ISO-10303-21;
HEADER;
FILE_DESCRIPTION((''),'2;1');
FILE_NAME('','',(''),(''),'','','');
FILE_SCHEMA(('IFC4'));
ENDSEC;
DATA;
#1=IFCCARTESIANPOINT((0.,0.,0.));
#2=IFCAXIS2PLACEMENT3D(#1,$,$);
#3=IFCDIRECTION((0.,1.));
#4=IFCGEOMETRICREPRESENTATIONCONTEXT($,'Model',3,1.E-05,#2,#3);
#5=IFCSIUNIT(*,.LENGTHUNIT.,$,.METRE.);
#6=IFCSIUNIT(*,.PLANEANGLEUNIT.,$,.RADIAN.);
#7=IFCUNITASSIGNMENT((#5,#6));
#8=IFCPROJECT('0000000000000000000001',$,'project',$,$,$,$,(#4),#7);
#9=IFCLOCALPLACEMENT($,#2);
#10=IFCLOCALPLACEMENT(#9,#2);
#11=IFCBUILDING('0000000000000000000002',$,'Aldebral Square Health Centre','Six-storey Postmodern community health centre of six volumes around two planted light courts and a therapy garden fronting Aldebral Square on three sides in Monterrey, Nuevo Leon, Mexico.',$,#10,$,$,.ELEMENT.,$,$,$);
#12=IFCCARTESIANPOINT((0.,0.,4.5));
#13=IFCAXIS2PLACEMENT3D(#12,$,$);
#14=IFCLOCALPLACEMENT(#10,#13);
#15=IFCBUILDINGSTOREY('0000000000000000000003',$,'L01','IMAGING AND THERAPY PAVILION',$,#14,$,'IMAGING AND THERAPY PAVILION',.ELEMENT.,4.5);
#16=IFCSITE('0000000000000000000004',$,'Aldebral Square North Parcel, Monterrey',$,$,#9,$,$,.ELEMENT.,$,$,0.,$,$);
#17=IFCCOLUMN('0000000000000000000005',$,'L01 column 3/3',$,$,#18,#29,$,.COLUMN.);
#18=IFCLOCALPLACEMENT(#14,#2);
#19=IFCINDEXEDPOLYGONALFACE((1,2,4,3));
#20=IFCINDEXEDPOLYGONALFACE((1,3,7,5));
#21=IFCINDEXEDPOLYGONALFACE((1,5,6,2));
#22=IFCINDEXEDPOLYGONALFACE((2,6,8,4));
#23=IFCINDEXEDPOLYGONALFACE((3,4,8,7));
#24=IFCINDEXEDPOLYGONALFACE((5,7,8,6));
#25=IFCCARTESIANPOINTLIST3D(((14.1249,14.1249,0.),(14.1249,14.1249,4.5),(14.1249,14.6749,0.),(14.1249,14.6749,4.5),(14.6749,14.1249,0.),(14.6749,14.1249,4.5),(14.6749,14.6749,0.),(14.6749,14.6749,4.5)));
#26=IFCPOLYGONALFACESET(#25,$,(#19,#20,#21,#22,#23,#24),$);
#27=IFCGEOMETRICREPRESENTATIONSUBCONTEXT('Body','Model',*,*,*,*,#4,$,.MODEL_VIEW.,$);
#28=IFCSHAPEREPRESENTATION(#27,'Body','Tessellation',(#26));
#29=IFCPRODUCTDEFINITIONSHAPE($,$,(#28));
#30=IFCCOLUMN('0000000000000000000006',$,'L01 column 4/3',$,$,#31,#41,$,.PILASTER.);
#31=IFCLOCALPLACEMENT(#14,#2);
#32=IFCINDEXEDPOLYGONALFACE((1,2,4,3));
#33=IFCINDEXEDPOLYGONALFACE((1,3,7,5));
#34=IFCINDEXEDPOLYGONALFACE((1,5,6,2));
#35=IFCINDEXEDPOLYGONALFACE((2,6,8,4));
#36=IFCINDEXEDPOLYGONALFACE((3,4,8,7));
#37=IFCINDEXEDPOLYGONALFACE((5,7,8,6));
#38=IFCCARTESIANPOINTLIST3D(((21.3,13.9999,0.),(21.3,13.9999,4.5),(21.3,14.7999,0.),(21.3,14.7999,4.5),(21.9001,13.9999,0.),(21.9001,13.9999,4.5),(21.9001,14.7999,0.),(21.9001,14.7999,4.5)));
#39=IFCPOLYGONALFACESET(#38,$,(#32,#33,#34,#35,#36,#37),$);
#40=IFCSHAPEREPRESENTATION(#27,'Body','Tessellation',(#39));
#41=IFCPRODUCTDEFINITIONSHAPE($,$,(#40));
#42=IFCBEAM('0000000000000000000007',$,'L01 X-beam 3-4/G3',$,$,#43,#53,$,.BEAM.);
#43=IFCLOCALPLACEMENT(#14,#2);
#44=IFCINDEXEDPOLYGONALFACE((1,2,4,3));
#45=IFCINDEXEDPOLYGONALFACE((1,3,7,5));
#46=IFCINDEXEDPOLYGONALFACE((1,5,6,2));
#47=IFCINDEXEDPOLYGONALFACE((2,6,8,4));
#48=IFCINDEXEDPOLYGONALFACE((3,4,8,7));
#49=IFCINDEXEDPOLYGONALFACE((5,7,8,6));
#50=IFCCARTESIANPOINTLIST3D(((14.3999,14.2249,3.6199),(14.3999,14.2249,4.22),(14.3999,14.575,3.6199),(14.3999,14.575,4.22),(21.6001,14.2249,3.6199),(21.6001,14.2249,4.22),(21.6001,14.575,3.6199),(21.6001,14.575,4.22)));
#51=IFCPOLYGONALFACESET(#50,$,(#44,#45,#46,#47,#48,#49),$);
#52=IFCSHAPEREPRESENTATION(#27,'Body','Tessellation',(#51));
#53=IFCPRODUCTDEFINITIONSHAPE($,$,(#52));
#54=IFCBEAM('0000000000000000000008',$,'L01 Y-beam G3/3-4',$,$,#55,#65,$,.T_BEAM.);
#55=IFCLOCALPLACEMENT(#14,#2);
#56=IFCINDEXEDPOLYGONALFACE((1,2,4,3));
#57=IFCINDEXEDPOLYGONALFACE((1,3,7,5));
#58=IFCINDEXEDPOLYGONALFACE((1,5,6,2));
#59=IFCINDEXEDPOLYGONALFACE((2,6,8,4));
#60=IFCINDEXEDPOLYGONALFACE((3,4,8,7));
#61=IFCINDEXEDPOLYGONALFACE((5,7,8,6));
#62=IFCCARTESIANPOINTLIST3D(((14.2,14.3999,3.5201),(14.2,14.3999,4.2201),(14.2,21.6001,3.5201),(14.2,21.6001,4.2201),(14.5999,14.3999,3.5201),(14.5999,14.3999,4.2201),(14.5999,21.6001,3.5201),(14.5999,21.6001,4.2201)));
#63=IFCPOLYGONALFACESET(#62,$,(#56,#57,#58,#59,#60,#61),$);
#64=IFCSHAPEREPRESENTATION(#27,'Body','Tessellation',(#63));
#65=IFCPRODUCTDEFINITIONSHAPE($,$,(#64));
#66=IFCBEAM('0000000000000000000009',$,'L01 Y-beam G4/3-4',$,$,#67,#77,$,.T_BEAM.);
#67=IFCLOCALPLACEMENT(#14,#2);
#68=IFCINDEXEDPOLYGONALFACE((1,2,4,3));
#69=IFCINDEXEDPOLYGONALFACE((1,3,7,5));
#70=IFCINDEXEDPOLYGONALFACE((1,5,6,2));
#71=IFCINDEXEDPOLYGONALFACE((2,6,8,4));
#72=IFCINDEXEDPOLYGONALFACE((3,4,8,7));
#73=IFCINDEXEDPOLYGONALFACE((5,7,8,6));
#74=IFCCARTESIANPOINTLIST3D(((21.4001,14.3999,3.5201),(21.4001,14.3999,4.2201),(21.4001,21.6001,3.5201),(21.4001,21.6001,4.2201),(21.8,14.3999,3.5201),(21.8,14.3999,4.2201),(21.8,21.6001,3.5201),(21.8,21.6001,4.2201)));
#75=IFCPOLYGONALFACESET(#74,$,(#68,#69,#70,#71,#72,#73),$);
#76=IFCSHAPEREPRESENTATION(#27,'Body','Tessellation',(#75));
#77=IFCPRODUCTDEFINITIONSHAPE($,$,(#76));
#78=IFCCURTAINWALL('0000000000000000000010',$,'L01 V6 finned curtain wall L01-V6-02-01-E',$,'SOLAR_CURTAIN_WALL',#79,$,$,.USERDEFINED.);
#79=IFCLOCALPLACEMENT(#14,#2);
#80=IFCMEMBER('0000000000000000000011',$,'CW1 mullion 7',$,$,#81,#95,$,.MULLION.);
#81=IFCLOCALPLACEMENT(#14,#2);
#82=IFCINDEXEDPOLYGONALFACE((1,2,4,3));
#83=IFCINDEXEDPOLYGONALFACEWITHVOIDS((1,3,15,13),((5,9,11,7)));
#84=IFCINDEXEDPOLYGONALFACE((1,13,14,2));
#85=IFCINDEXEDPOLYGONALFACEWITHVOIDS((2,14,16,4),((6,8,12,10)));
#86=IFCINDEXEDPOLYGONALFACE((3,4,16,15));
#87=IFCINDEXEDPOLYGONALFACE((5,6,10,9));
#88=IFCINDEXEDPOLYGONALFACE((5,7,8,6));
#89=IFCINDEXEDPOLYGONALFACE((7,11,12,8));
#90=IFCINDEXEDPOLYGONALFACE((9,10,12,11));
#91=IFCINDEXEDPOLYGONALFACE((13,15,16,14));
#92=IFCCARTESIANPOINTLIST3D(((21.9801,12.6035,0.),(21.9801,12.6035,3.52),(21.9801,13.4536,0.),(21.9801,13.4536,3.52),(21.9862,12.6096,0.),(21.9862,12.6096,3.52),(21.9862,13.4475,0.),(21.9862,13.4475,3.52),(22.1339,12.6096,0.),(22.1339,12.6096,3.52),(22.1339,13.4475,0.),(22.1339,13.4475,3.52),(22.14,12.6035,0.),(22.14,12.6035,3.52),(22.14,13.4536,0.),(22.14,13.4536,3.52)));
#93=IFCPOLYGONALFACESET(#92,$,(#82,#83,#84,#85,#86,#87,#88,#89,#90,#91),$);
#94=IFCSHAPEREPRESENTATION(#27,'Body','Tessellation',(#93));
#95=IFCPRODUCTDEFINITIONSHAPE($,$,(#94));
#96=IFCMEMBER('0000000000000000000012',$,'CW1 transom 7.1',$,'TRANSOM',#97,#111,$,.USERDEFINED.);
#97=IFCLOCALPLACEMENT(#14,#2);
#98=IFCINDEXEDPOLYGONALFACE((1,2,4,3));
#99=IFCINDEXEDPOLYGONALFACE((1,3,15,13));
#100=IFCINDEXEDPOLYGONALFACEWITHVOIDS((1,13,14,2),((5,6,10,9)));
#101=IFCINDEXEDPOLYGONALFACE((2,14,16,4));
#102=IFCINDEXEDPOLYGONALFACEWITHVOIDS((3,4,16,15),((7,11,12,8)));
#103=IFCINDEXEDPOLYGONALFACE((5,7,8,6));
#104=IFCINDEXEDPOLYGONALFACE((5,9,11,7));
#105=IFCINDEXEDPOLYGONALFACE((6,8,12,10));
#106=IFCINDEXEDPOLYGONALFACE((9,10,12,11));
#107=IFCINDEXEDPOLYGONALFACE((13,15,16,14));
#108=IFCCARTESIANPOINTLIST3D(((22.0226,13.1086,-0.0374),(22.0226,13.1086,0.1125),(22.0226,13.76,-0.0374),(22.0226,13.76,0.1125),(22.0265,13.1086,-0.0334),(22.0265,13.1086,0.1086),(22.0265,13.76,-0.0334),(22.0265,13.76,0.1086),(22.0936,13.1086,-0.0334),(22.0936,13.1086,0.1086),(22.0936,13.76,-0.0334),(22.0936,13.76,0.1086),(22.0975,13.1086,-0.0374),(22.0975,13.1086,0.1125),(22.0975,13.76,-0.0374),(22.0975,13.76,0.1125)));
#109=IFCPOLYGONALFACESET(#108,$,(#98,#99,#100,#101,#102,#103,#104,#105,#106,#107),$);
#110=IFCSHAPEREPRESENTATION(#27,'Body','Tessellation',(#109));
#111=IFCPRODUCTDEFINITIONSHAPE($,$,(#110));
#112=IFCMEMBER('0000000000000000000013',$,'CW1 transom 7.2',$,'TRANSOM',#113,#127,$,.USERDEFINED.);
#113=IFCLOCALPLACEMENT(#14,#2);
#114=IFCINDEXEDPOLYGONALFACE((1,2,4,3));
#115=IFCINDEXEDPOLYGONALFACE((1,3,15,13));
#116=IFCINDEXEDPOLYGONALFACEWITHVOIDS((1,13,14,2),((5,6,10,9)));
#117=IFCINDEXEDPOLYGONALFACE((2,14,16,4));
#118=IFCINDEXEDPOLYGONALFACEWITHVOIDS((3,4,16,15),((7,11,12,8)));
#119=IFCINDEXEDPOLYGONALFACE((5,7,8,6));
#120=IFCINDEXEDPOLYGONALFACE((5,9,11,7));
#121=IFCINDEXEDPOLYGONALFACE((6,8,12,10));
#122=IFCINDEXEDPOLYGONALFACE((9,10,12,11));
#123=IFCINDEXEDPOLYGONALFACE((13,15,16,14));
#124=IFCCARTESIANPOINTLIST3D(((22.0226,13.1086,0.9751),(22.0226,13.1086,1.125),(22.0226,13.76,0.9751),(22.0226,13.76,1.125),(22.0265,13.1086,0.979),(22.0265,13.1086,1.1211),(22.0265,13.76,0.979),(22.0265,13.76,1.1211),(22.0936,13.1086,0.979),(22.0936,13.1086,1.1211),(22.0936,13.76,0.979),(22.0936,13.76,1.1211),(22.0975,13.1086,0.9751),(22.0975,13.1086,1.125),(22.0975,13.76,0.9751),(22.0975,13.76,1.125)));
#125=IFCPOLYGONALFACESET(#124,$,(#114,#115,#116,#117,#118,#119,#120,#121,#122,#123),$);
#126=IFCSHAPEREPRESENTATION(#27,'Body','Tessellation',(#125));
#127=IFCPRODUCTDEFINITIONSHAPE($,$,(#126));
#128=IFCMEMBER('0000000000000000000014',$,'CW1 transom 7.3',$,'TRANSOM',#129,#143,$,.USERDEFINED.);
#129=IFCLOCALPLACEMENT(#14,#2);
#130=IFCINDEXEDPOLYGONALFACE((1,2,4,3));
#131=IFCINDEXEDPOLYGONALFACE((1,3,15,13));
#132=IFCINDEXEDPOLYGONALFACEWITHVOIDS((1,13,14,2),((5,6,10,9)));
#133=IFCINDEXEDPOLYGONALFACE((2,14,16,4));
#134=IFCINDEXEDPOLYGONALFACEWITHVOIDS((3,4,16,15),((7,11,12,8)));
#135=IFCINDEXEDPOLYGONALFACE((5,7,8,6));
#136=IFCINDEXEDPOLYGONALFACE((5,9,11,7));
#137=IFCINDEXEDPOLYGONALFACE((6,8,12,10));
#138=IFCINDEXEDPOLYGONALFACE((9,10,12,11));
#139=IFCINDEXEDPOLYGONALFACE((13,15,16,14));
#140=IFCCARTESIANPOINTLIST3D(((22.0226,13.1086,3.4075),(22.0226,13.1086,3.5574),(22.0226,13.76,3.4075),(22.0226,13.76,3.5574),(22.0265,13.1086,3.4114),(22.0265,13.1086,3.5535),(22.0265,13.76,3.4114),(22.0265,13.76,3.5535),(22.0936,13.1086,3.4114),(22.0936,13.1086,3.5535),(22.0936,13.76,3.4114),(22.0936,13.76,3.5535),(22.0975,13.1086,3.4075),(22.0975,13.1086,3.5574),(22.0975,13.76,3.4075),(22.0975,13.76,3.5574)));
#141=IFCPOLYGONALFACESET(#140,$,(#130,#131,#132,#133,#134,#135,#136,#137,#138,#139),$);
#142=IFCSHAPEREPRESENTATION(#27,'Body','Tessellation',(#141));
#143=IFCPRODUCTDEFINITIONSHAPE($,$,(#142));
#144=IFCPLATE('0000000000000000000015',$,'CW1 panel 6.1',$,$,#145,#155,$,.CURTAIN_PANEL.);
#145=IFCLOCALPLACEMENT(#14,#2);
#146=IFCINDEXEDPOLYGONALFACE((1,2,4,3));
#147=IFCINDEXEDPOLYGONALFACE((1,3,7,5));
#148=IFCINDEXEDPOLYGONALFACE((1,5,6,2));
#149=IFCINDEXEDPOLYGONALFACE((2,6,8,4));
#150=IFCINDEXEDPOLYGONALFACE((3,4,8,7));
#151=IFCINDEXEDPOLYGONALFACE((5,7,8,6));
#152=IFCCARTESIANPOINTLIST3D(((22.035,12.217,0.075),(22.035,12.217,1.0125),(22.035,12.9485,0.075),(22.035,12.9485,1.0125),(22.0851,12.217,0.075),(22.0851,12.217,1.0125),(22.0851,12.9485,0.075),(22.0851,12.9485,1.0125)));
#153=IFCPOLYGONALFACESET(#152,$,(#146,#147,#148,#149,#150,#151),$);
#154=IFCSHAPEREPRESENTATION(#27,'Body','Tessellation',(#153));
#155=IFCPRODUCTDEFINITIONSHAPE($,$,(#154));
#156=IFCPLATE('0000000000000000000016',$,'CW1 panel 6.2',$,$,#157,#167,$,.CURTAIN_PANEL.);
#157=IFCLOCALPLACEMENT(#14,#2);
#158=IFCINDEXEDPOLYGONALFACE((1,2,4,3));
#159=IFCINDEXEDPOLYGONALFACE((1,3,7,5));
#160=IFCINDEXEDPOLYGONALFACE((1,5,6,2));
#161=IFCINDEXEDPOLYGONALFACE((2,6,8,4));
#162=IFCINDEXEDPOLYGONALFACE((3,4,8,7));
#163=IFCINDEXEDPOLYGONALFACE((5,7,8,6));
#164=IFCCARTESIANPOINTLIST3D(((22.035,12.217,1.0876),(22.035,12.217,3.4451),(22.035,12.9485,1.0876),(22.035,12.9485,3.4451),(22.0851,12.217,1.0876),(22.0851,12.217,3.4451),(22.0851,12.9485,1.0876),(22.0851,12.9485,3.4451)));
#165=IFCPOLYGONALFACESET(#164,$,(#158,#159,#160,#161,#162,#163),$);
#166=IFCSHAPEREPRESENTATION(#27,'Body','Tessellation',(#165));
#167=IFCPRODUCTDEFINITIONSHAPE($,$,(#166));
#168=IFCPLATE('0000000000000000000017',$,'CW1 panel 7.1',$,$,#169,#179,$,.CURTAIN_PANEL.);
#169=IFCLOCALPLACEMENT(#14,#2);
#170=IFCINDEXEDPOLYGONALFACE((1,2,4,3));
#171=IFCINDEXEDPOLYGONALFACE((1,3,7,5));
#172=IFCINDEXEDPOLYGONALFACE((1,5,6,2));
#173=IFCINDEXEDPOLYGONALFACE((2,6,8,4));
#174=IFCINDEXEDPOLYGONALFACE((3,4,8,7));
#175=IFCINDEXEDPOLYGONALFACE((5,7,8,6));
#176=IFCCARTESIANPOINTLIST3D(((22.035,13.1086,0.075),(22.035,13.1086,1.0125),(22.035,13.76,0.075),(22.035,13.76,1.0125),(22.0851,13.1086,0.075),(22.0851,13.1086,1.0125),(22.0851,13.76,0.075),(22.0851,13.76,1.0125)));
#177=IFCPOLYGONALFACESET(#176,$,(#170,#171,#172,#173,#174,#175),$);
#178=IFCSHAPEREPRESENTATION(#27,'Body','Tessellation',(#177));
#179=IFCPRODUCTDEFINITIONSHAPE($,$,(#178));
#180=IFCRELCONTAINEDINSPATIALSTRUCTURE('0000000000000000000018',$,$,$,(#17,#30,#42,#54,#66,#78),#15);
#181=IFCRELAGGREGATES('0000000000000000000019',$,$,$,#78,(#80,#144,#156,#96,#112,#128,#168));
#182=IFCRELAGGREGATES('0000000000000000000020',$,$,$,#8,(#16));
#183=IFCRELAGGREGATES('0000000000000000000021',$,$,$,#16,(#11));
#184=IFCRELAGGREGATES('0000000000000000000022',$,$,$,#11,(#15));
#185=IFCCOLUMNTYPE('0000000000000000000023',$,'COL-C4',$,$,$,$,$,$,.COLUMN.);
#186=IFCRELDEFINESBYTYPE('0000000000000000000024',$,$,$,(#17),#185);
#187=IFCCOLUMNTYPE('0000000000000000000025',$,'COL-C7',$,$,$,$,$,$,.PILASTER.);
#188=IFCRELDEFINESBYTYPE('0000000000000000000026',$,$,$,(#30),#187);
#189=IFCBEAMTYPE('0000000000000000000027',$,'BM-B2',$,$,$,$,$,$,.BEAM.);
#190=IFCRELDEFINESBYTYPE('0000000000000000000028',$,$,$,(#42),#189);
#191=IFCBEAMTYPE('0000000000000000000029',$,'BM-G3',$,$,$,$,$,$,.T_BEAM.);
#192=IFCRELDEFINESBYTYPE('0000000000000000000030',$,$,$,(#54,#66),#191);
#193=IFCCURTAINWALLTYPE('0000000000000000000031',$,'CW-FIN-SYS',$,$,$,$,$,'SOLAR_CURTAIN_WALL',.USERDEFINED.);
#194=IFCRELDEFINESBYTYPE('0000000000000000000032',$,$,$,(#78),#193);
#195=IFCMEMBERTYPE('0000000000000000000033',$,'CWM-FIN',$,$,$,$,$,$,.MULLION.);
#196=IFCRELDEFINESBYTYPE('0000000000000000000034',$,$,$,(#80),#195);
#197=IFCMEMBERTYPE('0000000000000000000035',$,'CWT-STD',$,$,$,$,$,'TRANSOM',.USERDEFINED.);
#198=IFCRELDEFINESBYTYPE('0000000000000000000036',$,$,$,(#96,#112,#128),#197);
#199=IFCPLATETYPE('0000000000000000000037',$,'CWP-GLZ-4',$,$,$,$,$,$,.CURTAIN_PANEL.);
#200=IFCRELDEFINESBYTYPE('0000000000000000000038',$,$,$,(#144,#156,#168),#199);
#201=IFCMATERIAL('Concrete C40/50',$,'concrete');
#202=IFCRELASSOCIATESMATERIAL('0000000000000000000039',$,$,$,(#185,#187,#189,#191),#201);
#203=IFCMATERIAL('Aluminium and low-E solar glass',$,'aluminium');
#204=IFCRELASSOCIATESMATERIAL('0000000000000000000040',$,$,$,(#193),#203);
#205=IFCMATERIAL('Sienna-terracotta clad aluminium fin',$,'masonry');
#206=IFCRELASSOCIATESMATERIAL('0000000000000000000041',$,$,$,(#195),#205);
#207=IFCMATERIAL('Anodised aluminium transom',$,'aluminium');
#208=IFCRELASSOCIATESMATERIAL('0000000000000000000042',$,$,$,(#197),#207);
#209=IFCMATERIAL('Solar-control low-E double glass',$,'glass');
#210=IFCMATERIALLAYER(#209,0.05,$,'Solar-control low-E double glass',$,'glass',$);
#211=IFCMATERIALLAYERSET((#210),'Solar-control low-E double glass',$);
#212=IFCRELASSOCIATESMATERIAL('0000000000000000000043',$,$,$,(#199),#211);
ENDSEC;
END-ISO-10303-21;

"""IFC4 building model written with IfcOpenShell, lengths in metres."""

from ifc_helpers import new_model, si_unit, direction, frame, origin, origin_2d, place, context, subcontext, project, spatial, rectangle, hollow_rectangle, extrude, material, layer, layer_set, material_profile, profile_set, type_object, element, aggregate, save


model = new_model("IFC4")

# Units and contexts
model_context = context("Model", 3, precision=1e-05, world=origin(), true_north=direction((0.0, 1.0)))
body_context = subcontext(model_context, "Body", "Model", "MODEL_VIEW")
ifc_project = project(units=[si_unit("LENGTHUNIT", "METRE"), si_unit("PLANEANGLEUNIT", "RADIAN")], contexts=[model_context])

# Site, building, storey
site_placement = place(None, origin())
site = spatial("IfcSite", under=ifc_project, at=site_placement, Name="Aldebral Square North Parcel, Monterrey", CompositionType="ELEMENT", RefElevation=0.0)
building_placement = place(site_placement, origin())
building = spatial("IfcBuilding", under=site, at=building_placement, Name="Aldebral Square Health Centre", Description="Six-storey Postmodern community health centre of six volumes around two planted light courts and a therapy garden fronting Aldebral Square on three sides in Monterrey, Nuevo Leon, Mexico.", CompositionType="ELEMENT")
storey_placement = place(building_placement, frame((0.0, 0.0, 4.5)))
storey = spatial("IfcBuildingStorey", under=building, at=storey_placement, Name="L01", Description="IMAGING AND THERAPY PAVILION", LongName="IMAGING AND THERAPY PAVILION", CompositionType="ELEMENT", Elevation=4.5)

# Columns
ifc_material_1 = material(Name="Concrete C40/50", Category="concrete")
ifc_material_profile_1 = material_profile(ifc_material_1, rectangle(XDim=0.55, YDim=0.55, at=origin_2d()), Name="RC 550x550")
ifc_profile_set_1 = profile_set([ifc_material_profile_1], Name="Concrete C40/50")
column_type_1 = type_object("IfcColumnType", Name="COL-C4", PredefinedType="COLUMN", material=ifc_profile_set_1)
column_1_placement = place(storey_placement, frame((14.3999, 14.3999, 0.0), z_axis=(0.0, 0.0, 1.0), x_axis=(1.0, 0.0, 0.0)))
element("IfcColumn", 1, at=column_1_placement, inside=storey, type_object=column_type_1, Name="L01 column 3/3", PredefinedType="COLUMN", context=body_context, shape_type="SweptSolid", body=[
    extrude(rectangle(XDim=0.55, YDim=0.55, at=origin_2d()), origin(), (0.0, 0.0, 1.0), 4.5),
])
ifc_material_profile_2 = material_profile(ifc_material_1, rectangle(XDim=0.6001, YDim=0.8, at=origin_2d()), Name="RC 600x800")
ifc_profile_set_2 = profile_set([ifc_material_profile_2], Name="Concrete C40/50")
column_type_2 = type_object("IfcColumnType", Name="COL-C7", PredefinedType="PILASTER", material=ifc_profile_set_2)
column_2_placement = place(storey_placement, frame((21.6001, 14.3999, 0.0), z_axis=(0.0, 0.0, 1.0), x_axis=(1.0, 0.0, 0.0)))
element("IfcColumn", 2, at=column_2_placement, inside=storey, type_object=column_type_2, Name="L01 column 4/3", PredefinedType="PILASTER", context=body_context, shape_type="SweptSolid", body=[
    extrude(rectangle(XDim=0.6001, YDim=0.8, at=origin_2d()), origin(), (0.0, 0.0, 1.0), 4.5),
])

# Beams
ifc_material_profile_3 = material_profile(ifc_material_1, rectangle(XDim=0.3501, YDim=0.6001, at=origin_2d()), Name="RC 350x600")
ifc_profile_set_3 = profile_set([ifc_material_profile_3], Name="Concrete C40/50")
beam_type_1 = type_object("IfcBeamType", Name="BM-B2", PredefinedType="BEAM", material=ifc_profile_set_3)
beam_placement = place(storey_placement, frame((14.3999, 14.3999, 3.9199), z_axis=(1.0, 0.0, 0.0), x_axis=(0.0, 1.0, 0.0)))
element("IfcBeam", 3, at=beam_placement, inside=storey, type_object=beam_type_1, Name="L01 X-beam 3-4/G3", PredefinedType="BEAM", context=body_context, shape_type="SweptSolid", body=[
    extrude(rectangle(XDim=0.3501, YDim=0.6001, at=origin_2d()), origin(), (0.0, 0.0, 1.0), 7.2002),
])
ifc_material_profile_4 = material_profile(ifc_material_1, rectangle(XDim=0.3999, YDim=0.7, at=origin_2d()), Name="RC 400x700")
ifc_profile_set_4 = profile_set([ifc_material_profile_4], Name="Concrete C40/50")
beam_type_2 = type_object("IfcBeamType", Name="BM-G3", PredefinedType="T_BEAM", material=ifc_profile_set_4)
for number, where, z_axis, x_axis, name in (
    (4, (14.3999, 14.3999, 3.8701), (0.0, 1.0, 0.0), (-1.0, 0.0, 0.0), "L01 Y-beam G3/3-4"),
    (5, (21.6001, 14.3999, 3.8701), (0.0, 1.0, 0.0), (-1.0, 0.0, 0.0), "L01 Y-beam G4/3-4"),
):
    element("IfcBeam", number, at=place(storey_placement, frame(where, z_axis=z_axis, x_axis=x_axis)), inside=storey, type_object=beam_type_2, Name=name, PredefinedType="T_BEAM", context=body_context, shape_type="SweptSolid", body=[
        extrude(rectangle(XDim=0.3999, YDim=0.7, at=origin_2d()), origin(), (0.0, 0.0, 1.0), 7.2002),
    ])

# Curtain wall, members, plates
ifc_material_2 = material(Name="Aluminium and low-E solar glass", Category="aluminium")
curtain_wall_type = type_object("IfcCurtainWallType", Name="CW-FIN-SYS", ElementType="SOLAR_CURTAIN_WALL", PredefinedType="USERDEFINED", material=ifc_material_2)
curtain_wall_placement = place(storey_placement, origin())
curtain_wall = element("IfcCurtainWall", 6, at=curtain_wall_placement, inside=storey, type_object=curtain_wall_type, Name="L01 V6 finned curtain wall L01-V6-02-01-E", ObjectType="SOLAR_CURTAIN_WALL", PredefinedType="USERDEFINED")
ifc_material_3 = material(Name="Sienna-terracotta clad aluminium fin", Category="masonry")
ifc_material_profile_5 = material_profile(ifc_material_3, hollow_rectangle(XDim=0.1599, YDim=0.8501, WallThickness=0.0061, at=origin_2d()), Name="FIN 160x850x6")
ifc_profile_set_5 = profile_set([ifc_material_profile_5], Name="Sienna-terracotta clad aluminium fin")
member_type_1 = type_object("IfcMemberType", Name="CWM-FIN", PredefinedType="MULLION", material=ifc_profile_set_5)
member_1_placement = place(storey_placement, frame((22.0601, 13.0286, 0.0), z_axis=(0.0, 0.0, 1.0), x_axis=(-1.0, 0.0, 0.0)))
member_1 = element("IfcMember", 7, at=member_1_placement, type_object=member_type_1, Name="CW1 mullion 7", PredefinedType="MULLION", context=body_context, shape_type="SweptSolid", body=[
    extrude(hollow_rectangle(XDim=0.1599, YDim=0.8501, WallThickness=0.0061, at=origin_2d()), origin(), (0.0, 0.0, 1.0), 3.52),
])
ifc_material_4 = material(Name="Anodised aluminium transom", Category="aluminium")
ifc_material_profile_6 = material_profile(ifc_material_4, hollow_rectangle(XDim=0.075, YDim=0.1499, WallThickness=0.0039, at=origin_2d()), Name="CWT 75x150x4")
ifc_profile_set_6 = profile_set([ifc_material_profile_6], Name="Anodised aluminium transom")
member_type_2 = type_object("IfcMemberType", Name="CWT-STD", ElementType="TRANSOM", PredefinedType="USERDEFINED", material=ifc_profile_set_6)
member_2_placement = place(storey_placement, frame((22.0601, 13.1086, 0.0376), z_axis=(0.0, 1.0, 0.0), x_axis=(-1.0, 0.0, 0.0)))
member_2 = element("IfcMember", 8, at=member_2_placement, type_object=member_type_2, Name="CW1 transom 7.1", ObjectType="TRANSOM", PredefinedType="USERDEFINED", context=body_context, shape_type="SweptSolid", body=[
    extrude(hollow_rectangle(XDim=0.075, YDim=0.1499, WallThickness=0.0039, at=origin_2d()), origin(), (0.0, 0.0, 1.0), 0.6514),
])
member_3_placement = place(storey_placement, frame((22.0601, 13.1086, 1.05), z_axis=(0.0, 1.0, 0.0), x_axis=(-1.0, 0.0, 0.0)))
member_3 = element("IfcMember", 9, at=member_3_placement, type_object=member_type_2, Name="CW1 transom 7.2", ObjectType="TRANSOM", PredefinedType="USERDEFINED", context=body_context, shape_type="SweptSolid", body=[
    extrude(hollow_rectangle(XDim=0.075, YDim=0.1499, WallThickness=0.0039, at=origin_2d()), origin(), (0.0, 0.0, 1.0), 0.6514),
])
member_4_placement = place(storey_placement, frame((22.0601, 13.1086, 3.4824), z_axis=(0.0, 1.0, 0.0), x_axis=(-1.0, 0.0, 0.0)))
member_4 = element("IfcMember", 10, at=member_4_placement, type_object=member_type_2, Name="CW1 transom 7.3", ObjectType="TRANSOM", PredefinedType="USERDEFINED", context=body_context, shape_type="SweptSolid", body=[
    extrude(hollow_rectangle(XDim=0.075, YDim=0.1499, WallThickness=0.0039, at=origin_2d()), origin(), (0.0, 0.0, 1.0), 0.6514),
])
ifc_material_5 = material(Name="Solar-control low-E double glass", Category="glass")
ifc_layer_1 = layer(ifc_material_5, 0.05, Name="Solar-control low-E double glass", Category="glass")
ifc_layer_set_1 = layer_set([ifc_layer_1], Name="Solar-control low-E double glass")
plate_type = type_object("IfcPlateType", Name="CWP-GLZ-4", PredefinedType="CURTAIN_PANEL", material=ifc_layer_set_1)
plate_1_placement = place(storey_placement, frame((22.0601, 12.5828, 0.075), z_axis=(0.0, 0.0, 1.0), x_axis=(0.0, 1.0, 0.0)))
plate_1 = element("IfcPlate", 11, at=plate_1_placement, type_object=plate_type, Name="CW1 panel 6.1", PredefinedType="CURTAIN_PANEL", context=body_context, shape_type="SweptSolid", body=[
    extrude(rectangle(XDim=0.7314, YDim=0.05, at=origin_2d()), origin(), (0.0, 0.0, 1.0), 0.9375),
])
plate_2_placement = place(storey_placement, frame((22.0601, 12.5828, 1.0876), z_axis=(0.0, 0.0, 1.0), x_axis=(0.0, 1.0, 0.0)))
plate_2 = element("IfcPlate", 12, at=plate_2_placement, type_object=plate_type, Name="CW1 panel 6.2", PredefinedType="CURTAIN_PANEL", context=body_context, shape_type="SweptSolid", body=[
    extrude(rectangle(XDim=0.7314, YDim=0.05, at=origin_2d()), origin(), (0.0, 0.0, 1.0), 2.3574),
])
plate_3_placement = place(storey_placement, frame((22.0601, 13.4343, 0.075), z_axis=(0.0, 0.0, 1.0), x_axis=(0.0, 1.0, 0.0)))
plate_3 = element("IfcPlate", 13, at=plate_3_placement, type_object=plate_type, Name="CW1 panel 7.1", PredefinedType="CURTAIN_PANEL", context=body_context, shape_type="SweptSolid", body=[
    extrude(rectangle(XDim=0.6514, YDim=0.05, at=origin_2d()), origin(), (0.0, 0.0, 1.0), 0.9375),
])
aggregate(curtain_wall, [member_1, plate_1, plate_2, member_2, member_3, member_4, plate_3])

save(model, "model.ifc")
